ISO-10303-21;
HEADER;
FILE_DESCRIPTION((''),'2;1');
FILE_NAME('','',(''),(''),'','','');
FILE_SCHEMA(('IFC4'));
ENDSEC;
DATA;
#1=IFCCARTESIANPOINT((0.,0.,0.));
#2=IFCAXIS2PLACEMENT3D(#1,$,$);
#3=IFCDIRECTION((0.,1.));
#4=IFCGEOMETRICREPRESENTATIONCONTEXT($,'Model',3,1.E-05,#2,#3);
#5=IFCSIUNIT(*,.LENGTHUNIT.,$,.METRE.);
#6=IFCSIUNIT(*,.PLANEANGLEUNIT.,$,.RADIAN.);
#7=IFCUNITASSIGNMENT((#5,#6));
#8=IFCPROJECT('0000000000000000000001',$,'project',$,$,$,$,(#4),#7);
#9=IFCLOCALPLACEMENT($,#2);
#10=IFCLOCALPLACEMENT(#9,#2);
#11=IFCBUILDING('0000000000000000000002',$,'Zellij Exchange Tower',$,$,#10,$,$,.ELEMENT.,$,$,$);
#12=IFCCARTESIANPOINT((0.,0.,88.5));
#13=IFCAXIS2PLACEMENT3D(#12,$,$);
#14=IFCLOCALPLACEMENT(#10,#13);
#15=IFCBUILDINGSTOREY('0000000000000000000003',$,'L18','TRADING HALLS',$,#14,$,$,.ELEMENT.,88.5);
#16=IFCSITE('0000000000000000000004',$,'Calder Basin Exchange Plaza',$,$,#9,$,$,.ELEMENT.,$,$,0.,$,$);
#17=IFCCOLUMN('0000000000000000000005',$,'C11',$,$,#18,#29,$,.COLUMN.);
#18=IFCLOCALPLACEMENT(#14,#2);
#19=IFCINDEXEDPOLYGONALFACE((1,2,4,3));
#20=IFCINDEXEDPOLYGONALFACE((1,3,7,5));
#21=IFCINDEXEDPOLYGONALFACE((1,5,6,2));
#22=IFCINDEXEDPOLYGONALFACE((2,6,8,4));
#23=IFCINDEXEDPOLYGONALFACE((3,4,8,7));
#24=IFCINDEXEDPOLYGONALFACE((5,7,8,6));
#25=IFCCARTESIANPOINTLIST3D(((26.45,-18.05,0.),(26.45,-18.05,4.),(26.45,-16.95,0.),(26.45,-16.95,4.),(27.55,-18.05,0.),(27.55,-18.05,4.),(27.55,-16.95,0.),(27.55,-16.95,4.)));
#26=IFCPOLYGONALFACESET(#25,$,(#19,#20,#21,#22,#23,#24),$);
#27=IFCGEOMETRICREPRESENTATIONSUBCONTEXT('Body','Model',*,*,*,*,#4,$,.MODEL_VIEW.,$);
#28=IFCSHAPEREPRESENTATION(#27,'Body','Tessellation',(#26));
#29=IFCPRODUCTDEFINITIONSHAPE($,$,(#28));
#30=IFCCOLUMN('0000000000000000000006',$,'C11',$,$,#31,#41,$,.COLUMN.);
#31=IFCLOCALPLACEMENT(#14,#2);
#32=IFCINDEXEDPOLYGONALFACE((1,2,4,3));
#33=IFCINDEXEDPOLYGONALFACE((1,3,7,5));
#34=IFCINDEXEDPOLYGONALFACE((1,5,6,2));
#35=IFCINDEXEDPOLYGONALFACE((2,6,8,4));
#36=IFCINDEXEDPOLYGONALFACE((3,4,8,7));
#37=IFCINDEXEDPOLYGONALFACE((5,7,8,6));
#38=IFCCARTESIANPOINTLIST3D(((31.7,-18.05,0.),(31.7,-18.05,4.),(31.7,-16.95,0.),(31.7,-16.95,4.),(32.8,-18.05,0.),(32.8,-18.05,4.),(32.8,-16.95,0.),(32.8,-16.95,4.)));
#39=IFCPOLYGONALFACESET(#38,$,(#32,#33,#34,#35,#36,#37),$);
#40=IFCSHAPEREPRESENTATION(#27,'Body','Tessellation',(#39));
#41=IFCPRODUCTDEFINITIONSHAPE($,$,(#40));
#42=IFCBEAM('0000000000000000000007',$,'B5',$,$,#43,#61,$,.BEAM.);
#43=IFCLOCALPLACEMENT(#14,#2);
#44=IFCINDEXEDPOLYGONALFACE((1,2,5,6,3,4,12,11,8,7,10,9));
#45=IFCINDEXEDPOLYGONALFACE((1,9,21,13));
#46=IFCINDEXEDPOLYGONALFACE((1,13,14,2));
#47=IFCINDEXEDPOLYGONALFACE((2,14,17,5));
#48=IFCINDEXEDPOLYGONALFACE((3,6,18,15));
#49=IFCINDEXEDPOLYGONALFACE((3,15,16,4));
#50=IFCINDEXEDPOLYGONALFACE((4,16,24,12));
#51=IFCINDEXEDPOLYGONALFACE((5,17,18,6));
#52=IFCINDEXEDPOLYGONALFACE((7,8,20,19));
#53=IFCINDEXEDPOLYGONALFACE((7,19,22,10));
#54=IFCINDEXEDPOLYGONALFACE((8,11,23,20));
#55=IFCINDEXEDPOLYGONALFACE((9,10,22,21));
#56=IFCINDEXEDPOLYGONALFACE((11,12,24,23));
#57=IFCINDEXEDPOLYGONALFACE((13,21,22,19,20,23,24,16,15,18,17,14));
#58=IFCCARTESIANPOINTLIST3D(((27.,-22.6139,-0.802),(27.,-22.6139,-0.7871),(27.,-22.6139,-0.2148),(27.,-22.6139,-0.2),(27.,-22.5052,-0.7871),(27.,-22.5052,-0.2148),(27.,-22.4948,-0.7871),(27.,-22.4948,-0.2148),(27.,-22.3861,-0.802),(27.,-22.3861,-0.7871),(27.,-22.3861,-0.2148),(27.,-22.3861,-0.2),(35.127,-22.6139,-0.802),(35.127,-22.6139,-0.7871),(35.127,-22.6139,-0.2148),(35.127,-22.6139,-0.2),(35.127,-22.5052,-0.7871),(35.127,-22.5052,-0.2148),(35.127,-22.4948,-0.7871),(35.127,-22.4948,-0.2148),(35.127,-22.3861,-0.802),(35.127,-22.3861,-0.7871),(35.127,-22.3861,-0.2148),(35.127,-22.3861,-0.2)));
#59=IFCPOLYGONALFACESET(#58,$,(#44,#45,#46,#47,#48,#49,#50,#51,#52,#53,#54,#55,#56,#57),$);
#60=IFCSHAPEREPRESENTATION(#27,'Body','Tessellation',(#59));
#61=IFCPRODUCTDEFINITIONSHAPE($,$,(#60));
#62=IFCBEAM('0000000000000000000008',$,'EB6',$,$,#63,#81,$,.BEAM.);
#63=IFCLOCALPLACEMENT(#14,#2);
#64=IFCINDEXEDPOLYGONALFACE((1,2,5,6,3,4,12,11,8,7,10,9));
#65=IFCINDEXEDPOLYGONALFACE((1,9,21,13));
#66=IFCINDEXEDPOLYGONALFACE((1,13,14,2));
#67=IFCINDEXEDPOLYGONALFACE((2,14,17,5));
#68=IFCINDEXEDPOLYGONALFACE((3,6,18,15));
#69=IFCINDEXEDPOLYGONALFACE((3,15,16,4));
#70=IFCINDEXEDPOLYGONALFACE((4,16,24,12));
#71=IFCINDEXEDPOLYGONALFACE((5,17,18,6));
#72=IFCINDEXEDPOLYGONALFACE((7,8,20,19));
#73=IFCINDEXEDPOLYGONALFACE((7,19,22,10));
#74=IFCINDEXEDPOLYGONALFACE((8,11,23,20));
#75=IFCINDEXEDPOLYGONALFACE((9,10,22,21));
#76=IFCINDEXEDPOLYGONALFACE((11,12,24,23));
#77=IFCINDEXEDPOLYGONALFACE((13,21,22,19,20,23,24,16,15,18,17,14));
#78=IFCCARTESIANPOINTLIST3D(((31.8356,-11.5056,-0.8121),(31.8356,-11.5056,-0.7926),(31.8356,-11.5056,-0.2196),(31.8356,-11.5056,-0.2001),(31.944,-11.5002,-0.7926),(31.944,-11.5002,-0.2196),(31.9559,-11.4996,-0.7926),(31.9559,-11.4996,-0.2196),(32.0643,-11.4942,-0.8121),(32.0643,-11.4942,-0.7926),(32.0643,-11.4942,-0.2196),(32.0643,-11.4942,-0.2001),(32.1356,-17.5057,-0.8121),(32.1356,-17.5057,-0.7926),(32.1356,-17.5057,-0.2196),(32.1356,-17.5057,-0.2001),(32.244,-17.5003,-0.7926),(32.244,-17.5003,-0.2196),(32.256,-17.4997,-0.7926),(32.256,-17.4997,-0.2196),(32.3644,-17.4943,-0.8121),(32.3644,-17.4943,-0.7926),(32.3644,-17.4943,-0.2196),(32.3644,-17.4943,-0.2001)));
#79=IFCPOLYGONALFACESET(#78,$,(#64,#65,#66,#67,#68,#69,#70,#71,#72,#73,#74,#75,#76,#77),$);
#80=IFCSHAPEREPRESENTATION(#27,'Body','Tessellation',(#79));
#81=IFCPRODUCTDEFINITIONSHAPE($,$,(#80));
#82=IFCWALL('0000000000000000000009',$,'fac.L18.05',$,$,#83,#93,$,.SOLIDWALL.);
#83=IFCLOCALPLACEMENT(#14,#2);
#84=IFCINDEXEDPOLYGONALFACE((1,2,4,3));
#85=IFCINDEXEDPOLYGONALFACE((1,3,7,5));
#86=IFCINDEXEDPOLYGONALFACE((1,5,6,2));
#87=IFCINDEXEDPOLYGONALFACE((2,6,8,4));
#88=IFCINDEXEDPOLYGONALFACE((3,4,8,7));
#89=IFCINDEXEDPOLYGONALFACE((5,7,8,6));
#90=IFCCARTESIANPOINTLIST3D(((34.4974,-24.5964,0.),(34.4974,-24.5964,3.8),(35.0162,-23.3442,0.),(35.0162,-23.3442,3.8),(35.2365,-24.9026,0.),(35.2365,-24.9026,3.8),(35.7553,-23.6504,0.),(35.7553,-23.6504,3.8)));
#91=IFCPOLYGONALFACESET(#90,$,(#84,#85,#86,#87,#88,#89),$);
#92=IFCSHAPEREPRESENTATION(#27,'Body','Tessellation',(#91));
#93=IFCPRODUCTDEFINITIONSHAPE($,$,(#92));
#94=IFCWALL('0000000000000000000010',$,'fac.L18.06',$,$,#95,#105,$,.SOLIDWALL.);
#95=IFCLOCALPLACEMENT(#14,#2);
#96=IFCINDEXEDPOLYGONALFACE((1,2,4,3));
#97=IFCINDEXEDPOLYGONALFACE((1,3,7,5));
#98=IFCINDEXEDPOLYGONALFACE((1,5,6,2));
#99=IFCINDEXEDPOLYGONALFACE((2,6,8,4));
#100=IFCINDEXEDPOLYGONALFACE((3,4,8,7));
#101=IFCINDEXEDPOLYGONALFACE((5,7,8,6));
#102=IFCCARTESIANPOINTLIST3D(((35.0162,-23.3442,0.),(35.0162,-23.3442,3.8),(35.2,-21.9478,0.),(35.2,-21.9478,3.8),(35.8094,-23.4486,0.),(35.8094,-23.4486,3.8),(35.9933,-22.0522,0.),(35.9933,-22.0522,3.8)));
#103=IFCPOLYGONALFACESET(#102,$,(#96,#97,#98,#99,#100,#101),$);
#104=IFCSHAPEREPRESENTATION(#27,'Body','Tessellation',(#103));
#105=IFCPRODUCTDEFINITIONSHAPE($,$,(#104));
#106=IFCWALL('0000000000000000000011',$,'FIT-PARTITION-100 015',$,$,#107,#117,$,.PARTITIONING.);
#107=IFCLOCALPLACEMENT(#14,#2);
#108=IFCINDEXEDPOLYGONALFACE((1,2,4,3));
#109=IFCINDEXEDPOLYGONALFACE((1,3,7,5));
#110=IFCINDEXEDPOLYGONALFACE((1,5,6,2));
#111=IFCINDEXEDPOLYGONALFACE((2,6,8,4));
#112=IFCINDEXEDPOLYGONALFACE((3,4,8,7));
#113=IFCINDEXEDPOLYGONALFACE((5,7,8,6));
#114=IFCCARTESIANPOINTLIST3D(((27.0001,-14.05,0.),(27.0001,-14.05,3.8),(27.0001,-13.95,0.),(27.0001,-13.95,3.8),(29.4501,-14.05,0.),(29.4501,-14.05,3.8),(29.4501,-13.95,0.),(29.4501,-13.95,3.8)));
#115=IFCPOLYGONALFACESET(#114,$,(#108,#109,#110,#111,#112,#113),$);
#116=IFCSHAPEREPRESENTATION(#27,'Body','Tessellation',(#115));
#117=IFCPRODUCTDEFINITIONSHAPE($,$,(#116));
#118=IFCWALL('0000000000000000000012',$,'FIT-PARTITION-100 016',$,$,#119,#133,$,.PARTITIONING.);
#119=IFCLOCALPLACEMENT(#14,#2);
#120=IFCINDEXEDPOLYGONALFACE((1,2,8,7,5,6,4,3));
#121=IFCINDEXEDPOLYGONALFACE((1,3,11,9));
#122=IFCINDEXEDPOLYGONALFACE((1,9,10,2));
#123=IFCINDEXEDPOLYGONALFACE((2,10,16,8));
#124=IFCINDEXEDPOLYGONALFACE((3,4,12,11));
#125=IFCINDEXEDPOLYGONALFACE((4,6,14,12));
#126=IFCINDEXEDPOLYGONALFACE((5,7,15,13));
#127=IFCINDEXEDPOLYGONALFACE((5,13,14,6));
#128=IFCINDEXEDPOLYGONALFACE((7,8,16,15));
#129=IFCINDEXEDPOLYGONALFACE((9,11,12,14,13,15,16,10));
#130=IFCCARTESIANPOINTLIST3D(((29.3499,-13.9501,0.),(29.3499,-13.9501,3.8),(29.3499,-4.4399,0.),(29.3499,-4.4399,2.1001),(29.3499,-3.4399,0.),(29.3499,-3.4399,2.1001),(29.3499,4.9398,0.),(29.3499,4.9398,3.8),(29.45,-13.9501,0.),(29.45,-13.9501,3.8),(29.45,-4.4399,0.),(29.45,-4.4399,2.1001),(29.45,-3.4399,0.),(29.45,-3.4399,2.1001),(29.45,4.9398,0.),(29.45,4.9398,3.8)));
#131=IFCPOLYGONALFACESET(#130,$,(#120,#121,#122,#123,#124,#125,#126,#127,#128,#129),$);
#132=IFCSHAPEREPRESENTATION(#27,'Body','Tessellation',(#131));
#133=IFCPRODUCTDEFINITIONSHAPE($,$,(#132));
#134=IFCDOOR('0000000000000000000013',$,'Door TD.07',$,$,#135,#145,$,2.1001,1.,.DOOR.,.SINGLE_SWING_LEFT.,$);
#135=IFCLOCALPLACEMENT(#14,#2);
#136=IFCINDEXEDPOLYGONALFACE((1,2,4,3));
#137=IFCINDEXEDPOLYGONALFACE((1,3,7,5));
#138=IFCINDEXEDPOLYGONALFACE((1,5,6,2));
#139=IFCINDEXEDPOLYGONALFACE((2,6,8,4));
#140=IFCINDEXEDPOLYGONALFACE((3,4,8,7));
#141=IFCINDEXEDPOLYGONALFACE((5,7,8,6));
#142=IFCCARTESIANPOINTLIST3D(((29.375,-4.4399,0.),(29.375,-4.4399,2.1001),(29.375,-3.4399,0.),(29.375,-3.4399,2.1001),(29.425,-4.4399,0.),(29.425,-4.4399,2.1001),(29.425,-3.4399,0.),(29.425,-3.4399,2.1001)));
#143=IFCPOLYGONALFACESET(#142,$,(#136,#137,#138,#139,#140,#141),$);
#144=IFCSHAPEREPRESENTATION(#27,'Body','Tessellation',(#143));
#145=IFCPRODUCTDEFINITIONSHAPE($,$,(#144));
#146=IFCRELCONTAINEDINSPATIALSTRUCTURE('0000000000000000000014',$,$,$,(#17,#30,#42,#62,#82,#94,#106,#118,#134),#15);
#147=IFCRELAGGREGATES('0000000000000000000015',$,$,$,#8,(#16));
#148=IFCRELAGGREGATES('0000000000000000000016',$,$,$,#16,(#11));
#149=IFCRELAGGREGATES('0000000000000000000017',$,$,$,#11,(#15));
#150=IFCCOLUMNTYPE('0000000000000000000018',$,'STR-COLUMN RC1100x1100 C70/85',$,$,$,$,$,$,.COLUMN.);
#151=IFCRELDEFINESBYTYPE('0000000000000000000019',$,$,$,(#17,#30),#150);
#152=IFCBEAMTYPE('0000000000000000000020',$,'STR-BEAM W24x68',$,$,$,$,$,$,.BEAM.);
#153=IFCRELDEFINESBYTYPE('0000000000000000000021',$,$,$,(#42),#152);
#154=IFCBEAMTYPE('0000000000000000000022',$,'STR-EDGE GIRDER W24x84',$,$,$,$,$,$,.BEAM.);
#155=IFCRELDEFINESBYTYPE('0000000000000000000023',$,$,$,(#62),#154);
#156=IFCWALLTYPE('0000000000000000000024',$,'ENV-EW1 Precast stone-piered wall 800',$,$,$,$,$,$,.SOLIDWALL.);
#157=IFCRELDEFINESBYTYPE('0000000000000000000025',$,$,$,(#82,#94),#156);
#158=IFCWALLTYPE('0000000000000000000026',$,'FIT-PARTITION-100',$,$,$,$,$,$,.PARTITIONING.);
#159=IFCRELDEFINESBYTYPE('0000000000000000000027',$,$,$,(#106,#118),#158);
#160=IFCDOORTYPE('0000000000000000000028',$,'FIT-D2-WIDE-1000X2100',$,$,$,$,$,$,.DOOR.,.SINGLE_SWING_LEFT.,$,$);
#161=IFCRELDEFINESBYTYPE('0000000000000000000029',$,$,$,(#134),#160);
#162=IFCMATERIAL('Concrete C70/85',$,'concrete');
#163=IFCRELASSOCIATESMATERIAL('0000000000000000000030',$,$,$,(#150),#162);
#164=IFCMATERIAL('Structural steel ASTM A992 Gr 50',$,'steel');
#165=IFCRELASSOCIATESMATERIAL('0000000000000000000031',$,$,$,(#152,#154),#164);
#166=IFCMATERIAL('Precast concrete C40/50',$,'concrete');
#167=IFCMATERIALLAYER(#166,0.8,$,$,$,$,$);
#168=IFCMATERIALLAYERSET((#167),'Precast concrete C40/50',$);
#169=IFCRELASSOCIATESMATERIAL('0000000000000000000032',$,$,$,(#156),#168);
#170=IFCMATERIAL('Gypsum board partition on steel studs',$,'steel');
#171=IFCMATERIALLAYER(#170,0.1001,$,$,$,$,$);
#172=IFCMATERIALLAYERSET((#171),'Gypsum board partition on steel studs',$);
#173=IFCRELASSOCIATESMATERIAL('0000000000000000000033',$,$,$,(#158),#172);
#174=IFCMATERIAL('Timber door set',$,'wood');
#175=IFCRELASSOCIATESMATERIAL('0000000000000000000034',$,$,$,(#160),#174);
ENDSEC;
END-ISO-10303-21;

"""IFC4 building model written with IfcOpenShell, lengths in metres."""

from ifc_helpers import new_model, si_unit, direction, frame, frame_2d, origin, origin_2d, place, context, subcontext, project, spatial, rectangle, i_section, extrude, material, layer, layer_set, material_profile, profile_set, type_object, element, fill, save


model = new_model("IFC4")

# Units and contexts
model_context = context("Model", 3, precision=1e-05, world=origin(), true_north=direction((0.0, 1.0)))
body_context = subcontext(model_context, "Body", "Model", "MODEL_VIEW")
ifc_project = project(units=[si_unit("LENGTHUNIT", "METRE"), si_unit("PLANEANGLEUNIT", "RADIAN")], contexts=[model_context])

# Site, building, storey
site_placement = place(None, origin())
site = spatial("IfcSite", under=ifc_project, at=site_placement, Name="Calder Basin Exchange Plaza", CompositionType="ELEMENT", RefElevation=0.0)
building_placement = place(site_placement, origin())
building = spatial("IfcBuilding", under=site, at=building_placement, Name="Zellij Exchange Tower", CompositionType="ELEMENT")
storey_placement = place(building_placement, frame((0.0, 0.0, 88.5)))
storey = spatial("IfcBuildingStorey", under=building, at=storey_placement, Name="L18", Description="TRADING HALLS", CompositionType="ELEMENT", Elevation=88.5)

# Columns
ifc_material_1 = material(Name="Concrete C70/85", Category="concrete")
ifc_material_profile_1 = material_profile(ifc_material_1, rectangle(XDim=1.1001, YDim=1.1001, at=origin_2d()), Name="STR-COLUMN RC1100x1100 C70/85")
ifc_profile_set_1 = profile_set([ifc_material_profile_1], Name="Concrete C70/85")
column_type = type_object("IfcColumnType", Name="STR-COLUMN RC1100x1100 C70/85", PredefinedType="COLUMN", material=ifc_profile_set_1)
for number, where, z_axis, x_axis, name in (
    (1, (27.0, -17.5, 0.0), (0.0, 0.0, 1.0), (1.0, 0.0, 0.0), "C11"),
    (2, (32.25, -17.5, 0.0), (0.0, 0.0, 1.0), (1.0, 0.0, 0.0), "C11"),
):
    element("IfcColumn", number, at=place(storey_placement, frame(where, z_axis=z_axis, x_axis=x_axis)), inside=storey, type_object=column_type, Name=name, PredefinedType="COLUMN", context=body_context, shape_type="SweptSolid", body=[
        extrude(rectangle(XDim=1.1001, YDim=1.1001, at=origin_2d()), origin(), (0.0, 0.0, 1.0), 4.0),
    ])

# Beams
ifc_material_2 = material(Name="Structural steel ASTM A992 Gr 50", Category="steel")
ifc_material_profile_2 = material_profile(ifc_material_2, i_section(OverallWidth=0.2278, OverallDepth=0.6021, WebThickness=0.0105, FlangeThickness=0.0149, at=origin_2d()), Name="W24x68")
ifc_profile_set_2 = profile_set([ifc_material_profile_2], Name="Structural steel ASTM A992 Gr 50")
beam_type_1 = type_object("IfcBeamType", Name="STR-BEAM W24x68", PredefinedType="BEAM", material=ifc_profile_set_2)
beam_1_placement = place(storey_placement, frame((27.0, -22.5, -0.501), z_axis=(1.0, 0.0, 0.0), x_axis=(0.0, 1.0, 0.0)))
element("IfcBeam", 3, at=beam_1_placement, inside=storey, type_object=beam_type_1, Name="B5", PredefinedType="BEAM", context=body_context, shape_type="SweptSolid", body=[
    extrude(i_section(OverallWidth=0.2278, OverallDepth=0.6021, WebThickness=0.0105, FlangeThickness=0.0149, at=origin_2d()), origin(), (0.0, 0.0, 1.0), 8.127),
])
ifc_material_profile_3 = material_profile(ifc_material_2, i_section(OverallWidth=0.229, OverallDepth=0.6121, WebThickness=0.012, FlangeThickness=0.0195, at=origin_2d()), Name="W24x84")
ifc_profile_set_3 = profile_set([ifc_material_profile_3], Name="Structural steel ASTM A992 Gr 50")
beam_type_2 = type_object("IfcBeamType", Name="STR-EDGE GIRDER W24x84", PredefinedType="BEAM", material=ifc_profile_set_3)
beam_2_placement = place(storey_placement, frame((32.25, -17.5, -0.5061), z_axis=(-0.049946, 0.998752, 0.0), x_axis=(-0.998752, -0.049946, 0.0)))
element("IfcBeam", 4, at=beam_2_placement, inside=storey, type_object=beam_type_2, Name="EB6", PredefinedType="BEAM", context=body_context, shape_type="SweptSolid", body=[
    extrude(i_section(OverallWidth=0.229, OverallDepth=0.6121, WebThickness=0.012, FlangeThickness=0.0195, at=origin_2d()), origin(), (0.0, 0.0, 1.0), 6.0076),
])

# Walls
ifc_material_3 = material(Name="Precast concrete C40/50", Category="concrete")
ifc_layer_1 = layer(ifc_material_3, 0.8)
ifc_layer_set_1 = layer_set([ifc_layer_1], Name="Precast concrete C40/50")
wall_type_1 = type_object("IfcWallType", Name="ENV-EW1 Precast stone-piered wall 800", PredefinedType="SOLIDWALL", material=ifc_layer_set_1)
wall_1_placement = place(storey_placement, frame((34.8669, -24.7495, 0.0), z_axis=(0.0, 0.0, 1.0), x_axis=(0.38276, 0.923848, 0.0)))
element("IfcWall", 5, at=wall_1_placement, inside=storey, type_object=wall_type_1, Name="fac.L18.05", PredefinedType="SOLIDWALL", context=body_context, shape_type="SweptSolid", body=[
    extrude(rectangle(XDim=1.3555, YDim=0.8, at=frame_2d((0.6777, 0.0))), origin(), (0.0, 0.0, 1.0), 3.8),
])
wall_2_placement = place(storey_placement, frame((35.4128, -23.3962, 0.0), z_axis=(0.0, 0.0, 1.0), x_axis=(0.130517, 0.991446, 0.0)))
element("IfcWall", 6, at=wall_2_placement, inside=storey, type_object=wall_type_1, Name="fac.L18.06", PredefinedType="SOLIDWALL", context=body_context, shape_type="SweptSolid", body=[
    extrude(rectangle(XDim=1.4084, YDim=0.8, at=frame_2d((0.7041, 0.0))), origin(), (0.0, 0.0, 1.0), 3.8),
])

# Wall
ifc_material_4 = material(Name="Gypsum board partition on steel studs", Category="steel")
ifc_layer_2 = layer(ifc_material_4, 0.1001)
ifc_layer_set_2 = layer_set([ifc_layer_2], Name="Gypsum board partition on steel studs")
wall_type_2 = type_object("IfcWallType", Name="FIT-PARTITION-100", PredefinedType="PARTITIONING", material=ifc_layer_set_2)
wall_3_placement = place(storey_placement, frame((27.0, -14.0, 0.0), z_axis=(0.0, 0.0, 1.0), x_axis=(1.0, 0.0, 0.0)))
element("IfcWall", 7, at=wall_3_placement, inside=storey, type_object=wall_type_2, Name="FIT-PARTITION-100 015", PredefinedType="PARTITIONING", context=body_context, shape_type="SweptSolid", body=[
    extrude(rectangle(XDim=2.45, YDim=0.1001, at=frame_2d((1.2251, 0.0))), origin(), (0.0, 0.0, 1.0), 3.8),
])

# Wall, opening, door
wall_4_placement = place(storey_placement, frame((29.3999, -13.95, 0.0), z_axis=(0.0, 0.0, 1.0), x_axis=(0.0, 1.0, 0.0)))
wall_4 = element("IfcWall", 8, at=wall_4_placement, inside=storey, type_object=wall_type_2, Name="FIT-PARTITION-100 016", PredefinedType="PARTITIONING", context=body_context, shape_type="SweptSolid", body=[
    extrude(rectangle(XDim=18.8899, YDim=0.1001, at=frame_2d((9.4448, 0.0))), origin(), (0.0, 0.0, 1.0), 3.8),
])
opening_1_placement = place(wall_4_placement, frame((9.51, 0.0, 0.0)))
opening_1 = element("IfcOpeningElement", 9, at=opening_1_placement, cuts=wall_4, PredefinedType="OPENING", context=body_context, shape_type="SweptSolid", body=[
    extrude(rectangle(XDim=1.0, YDim=2.1001, at=frame_2d((0.5, 1.05))), frame((0.0, 0.062, 0.0), z_axis=(0.0, -1.0, 0.0), x_axis=(1.0, 0.0, 0.0)), (0.0, 0.0, 1.0), 0.124),
])
ifc_material_5 = material(Name="Timber door set", Category="wood")
door_type = type_object("IfcDoorType", Name="FIT-D2-WIDE-1000X2100", OperationType="SINGLE_SWING_LEFT", PredefinedType="DOOR", material=ifc_material_5)
door_placement = place(opening_1_placement, origin())
door = element("IfcDoor", 10, at=door_placement, inside=storey, type_object=door_type, Name="Door TD.07", OperationType="SINGLE_SWING_LEFT", OverallHeight=2.1001, OverallWidth=1.0, PredefinedType="DOOR", context=body_context, shape_type="SweptSolid", body=[
    extrude(rectangle(XDim=1.0, YDim=2.1001, at=frame_2d((0.5, 1.05))), frame((0.0, 0.0249, 0.0), z_axis=(0.0, -1.0, 0.0), x_axis=(1.0, 0.0, 0.0)), (0.0, 0.0, 1.0), 0.05),
])
fill(opening_1, door)

save(model, "model.ifc")
